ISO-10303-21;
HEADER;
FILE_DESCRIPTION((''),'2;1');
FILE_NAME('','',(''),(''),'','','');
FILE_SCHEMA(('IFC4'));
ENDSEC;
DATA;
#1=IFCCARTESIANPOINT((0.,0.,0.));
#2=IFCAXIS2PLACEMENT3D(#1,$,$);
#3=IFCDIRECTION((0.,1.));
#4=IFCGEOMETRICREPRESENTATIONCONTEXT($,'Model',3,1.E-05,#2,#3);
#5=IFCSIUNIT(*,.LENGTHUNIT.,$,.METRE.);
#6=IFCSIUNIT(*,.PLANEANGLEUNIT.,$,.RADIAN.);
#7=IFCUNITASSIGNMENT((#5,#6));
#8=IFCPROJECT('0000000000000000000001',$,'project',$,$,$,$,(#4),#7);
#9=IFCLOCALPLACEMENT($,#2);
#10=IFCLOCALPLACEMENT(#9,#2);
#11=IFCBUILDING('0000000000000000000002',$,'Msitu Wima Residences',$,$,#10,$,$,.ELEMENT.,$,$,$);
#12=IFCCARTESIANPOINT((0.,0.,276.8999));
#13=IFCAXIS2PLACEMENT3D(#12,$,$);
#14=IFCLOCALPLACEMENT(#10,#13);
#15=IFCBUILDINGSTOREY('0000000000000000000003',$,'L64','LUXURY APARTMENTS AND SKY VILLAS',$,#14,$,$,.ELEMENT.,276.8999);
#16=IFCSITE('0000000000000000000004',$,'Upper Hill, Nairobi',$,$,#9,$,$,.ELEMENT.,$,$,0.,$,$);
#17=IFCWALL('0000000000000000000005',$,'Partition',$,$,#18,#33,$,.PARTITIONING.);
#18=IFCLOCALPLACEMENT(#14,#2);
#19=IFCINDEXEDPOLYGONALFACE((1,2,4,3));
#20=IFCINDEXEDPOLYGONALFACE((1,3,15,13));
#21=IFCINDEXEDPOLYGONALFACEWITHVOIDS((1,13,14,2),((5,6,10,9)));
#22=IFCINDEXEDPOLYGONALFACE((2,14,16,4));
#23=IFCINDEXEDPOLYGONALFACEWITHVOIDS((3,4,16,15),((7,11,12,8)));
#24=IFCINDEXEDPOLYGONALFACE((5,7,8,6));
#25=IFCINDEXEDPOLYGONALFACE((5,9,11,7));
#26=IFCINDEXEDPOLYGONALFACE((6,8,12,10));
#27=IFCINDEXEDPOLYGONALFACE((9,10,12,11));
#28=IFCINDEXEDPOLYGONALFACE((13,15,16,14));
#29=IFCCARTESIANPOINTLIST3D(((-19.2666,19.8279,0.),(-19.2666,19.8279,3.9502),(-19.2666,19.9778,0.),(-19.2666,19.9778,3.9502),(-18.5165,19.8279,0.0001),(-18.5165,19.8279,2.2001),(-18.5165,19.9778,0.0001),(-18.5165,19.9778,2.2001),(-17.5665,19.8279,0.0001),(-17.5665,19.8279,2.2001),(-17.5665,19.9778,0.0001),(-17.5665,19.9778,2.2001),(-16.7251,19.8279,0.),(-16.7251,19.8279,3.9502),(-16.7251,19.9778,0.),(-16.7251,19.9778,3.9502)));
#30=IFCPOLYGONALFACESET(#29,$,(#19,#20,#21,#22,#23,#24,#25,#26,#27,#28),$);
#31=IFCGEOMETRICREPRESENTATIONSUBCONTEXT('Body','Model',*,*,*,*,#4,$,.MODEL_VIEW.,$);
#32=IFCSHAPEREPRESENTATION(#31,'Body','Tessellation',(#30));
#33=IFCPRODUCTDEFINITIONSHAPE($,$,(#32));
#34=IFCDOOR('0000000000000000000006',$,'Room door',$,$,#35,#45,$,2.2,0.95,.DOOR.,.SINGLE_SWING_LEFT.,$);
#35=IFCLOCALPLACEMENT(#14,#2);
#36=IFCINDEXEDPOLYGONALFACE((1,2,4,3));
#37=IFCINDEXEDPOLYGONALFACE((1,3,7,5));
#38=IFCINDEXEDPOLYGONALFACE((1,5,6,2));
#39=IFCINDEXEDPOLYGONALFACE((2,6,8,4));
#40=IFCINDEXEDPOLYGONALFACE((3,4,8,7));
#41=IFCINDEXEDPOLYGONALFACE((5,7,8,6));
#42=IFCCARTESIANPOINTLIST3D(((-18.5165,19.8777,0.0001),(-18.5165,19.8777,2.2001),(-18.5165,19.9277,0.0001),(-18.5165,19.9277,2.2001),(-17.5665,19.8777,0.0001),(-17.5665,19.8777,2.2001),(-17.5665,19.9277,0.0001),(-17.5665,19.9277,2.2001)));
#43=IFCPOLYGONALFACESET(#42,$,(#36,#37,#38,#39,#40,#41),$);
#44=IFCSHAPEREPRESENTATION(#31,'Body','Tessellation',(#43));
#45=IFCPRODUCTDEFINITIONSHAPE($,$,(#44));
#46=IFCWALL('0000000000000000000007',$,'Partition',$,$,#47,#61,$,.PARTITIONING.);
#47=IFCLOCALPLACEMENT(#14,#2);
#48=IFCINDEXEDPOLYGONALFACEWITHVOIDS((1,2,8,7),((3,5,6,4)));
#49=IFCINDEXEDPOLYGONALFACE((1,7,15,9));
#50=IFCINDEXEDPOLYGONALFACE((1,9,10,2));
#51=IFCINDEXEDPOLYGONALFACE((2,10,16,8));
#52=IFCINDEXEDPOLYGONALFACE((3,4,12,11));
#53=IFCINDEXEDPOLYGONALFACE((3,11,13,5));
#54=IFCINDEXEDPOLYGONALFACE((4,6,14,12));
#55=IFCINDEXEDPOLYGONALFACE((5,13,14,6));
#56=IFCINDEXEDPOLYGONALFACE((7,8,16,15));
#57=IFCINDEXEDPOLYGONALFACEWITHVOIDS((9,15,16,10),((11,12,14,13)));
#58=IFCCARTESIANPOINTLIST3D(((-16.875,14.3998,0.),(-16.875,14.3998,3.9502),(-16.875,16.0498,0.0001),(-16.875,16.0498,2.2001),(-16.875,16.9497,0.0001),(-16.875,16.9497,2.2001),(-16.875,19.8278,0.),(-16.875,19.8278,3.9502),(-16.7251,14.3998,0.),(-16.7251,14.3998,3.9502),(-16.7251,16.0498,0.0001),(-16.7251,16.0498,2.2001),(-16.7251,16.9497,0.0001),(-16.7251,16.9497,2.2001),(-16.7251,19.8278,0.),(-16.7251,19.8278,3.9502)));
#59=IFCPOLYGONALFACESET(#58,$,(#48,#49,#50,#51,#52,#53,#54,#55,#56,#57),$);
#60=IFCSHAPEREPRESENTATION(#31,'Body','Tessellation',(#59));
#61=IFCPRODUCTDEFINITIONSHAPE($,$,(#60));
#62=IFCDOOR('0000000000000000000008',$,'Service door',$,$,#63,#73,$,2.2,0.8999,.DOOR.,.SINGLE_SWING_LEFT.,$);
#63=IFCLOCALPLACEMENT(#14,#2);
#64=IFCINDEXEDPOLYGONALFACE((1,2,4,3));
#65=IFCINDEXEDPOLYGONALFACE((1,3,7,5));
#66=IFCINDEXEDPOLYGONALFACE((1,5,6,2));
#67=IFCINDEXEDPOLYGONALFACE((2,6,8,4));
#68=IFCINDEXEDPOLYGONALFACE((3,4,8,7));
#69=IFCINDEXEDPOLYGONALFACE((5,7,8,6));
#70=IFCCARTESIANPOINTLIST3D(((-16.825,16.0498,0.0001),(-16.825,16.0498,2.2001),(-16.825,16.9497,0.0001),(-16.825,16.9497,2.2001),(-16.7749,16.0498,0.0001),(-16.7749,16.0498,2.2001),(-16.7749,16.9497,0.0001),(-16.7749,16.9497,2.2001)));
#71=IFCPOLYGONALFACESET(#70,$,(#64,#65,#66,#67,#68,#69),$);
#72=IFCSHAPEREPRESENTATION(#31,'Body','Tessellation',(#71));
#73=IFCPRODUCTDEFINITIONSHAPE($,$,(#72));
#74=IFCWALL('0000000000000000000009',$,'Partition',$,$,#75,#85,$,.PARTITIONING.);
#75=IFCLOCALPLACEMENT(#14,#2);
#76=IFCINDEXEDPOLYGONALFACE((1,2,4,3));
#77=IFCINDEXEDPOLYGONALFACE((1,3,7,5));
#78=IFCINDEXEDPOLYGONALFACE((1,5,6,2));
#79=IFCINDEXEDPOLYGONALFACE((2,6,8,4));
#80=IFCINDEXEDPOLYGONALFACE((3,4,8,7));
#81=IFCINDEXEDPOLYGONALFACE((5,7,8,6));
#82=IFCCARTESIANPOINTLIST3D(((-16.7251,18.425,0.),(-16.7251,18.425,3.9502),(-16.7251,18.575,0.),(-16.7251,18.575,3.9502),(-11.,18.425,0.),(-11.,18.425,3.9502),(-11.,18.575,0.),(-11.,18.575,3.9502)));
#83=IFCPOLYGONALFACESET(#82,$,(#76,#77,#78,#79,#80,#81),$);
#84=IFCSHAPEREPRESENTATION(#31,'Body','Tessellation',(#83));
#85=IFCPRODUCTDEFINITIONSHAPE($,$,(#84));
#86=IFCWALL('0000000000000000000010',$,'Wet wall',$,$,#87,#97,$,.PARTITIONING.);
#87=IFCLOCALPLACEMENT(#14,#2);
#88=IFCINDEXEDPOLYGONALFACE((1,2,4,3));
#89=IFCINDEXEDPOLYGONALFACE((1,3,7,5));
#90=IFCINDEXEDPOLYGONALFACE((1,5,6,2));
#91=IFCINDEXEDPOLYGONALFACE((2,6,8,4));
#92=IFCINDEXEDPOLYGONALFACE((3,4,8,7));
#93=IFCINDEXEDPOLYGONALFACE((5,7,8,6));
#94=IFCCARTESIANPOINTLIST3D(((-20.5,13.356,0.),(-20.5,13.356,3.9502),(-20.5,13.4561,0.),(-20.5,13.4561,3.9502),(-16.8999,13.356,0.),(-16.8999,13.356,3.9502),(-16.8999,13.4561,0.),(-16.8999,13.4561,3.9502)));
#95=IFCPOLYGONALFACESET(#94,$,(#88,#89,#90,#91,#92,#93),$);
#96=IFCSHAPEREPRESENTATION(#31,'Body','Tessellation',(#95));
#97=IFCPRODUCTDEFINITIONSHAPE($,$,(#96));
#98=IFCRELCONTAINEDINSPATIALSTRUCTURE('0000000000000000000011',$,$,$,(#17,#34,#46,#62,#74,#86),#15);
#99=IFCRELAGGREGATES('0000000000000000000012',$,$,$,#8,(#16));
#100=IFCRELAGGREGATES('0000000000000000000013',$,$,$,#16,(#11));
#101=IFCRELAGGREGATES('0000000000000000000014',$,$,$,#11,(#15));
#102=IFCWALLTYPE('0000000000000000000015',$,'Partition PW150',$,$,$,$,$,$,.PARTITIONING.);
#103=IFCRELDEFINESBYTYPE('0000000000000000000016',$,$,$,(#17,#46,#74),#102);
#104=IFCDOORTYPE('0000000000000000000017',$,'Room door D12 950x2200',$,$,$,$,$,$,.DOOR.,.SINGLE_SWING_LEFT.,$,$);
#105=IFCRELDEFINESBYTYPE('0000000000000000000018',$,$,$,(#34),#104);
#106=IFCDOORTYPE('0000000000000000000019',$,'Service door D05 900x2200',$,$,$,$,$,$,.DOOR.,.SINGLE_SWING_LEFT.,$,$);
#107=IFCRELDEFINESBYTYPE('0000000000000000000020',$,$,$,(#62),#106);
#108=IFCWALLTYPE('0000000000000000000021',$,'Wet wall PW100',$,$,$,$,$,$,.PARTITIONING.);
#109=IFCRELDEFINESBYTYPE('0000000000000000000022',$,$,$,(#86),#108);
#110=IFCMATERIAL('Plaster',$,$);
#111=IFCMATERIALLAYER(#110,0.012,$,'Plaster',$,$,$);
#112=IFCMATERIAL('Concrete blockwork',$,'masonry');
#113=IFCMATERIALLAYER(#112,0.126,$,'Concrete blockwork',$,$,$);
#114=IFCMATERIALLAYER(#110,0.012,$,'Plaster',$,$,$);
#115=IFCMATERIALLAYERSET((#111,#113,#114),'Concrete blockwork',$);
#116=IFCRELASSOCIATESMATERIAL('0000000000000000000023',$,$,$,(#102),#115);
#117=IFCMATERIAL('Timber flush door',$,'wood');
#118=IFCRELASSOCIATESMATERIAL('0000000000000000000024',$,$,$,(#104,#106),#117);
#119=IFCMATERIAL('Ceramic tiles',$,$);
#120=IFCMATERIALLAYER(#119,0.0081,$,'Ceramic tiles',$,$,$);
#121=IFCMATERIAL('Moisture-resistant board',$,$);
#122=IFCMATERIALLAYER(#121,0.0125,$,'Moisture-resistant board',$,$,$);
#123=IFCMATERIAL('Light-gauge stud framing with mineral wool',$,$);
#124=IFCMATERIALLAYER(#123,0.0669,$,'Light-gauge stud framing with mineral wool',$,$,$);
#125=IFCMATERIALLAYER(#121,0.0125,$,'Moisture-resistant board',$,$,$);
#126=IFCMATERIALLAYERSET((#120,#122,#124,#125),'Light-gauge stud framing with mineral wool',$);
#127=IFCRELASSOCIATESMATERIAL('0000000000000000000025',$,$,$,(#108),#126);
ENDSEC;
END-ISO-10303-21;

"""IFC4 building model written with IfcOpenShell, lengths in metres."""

from ifc_helpers import new_model, si_unit, direction, frame, frame_2d, origin, place, context, subcontext, project, spatial, rectangle, extrude, material, layer, layer_set, type_object, element, fill, save


model = new_model("IFC4")

# Units and contexts
model_context = context("Model", 3, precision=1e-05, world=origin(), true_north=direction((0.0, 1.0)))
body_context = subcontext(model_context, "Body", "Model", "MODEL_VIEW")
ifc_project = project(units=[si_unit("LENGTHUNIT", "METRE"), si_unit("PLANEANGLEUNIT", "RADIAN")], contexts=[model_context])

# Site, building, storey
site_placement = place(None, origin())
site = spatial("IfcSite", under=ifc_project, at=site_placement, Name="Upper Hill, Nairobi", CompositionType="ELEMENT", RefElevation=0.0)
building_placement = place(site_placement, origin())
building = spatial("IfcBuilding", under=site, at=building_placement, Name="Msitu Wima Residences", CompositionType="ELEMENT")
storey_placement = place(building_placement, frame((0.0, 0.0, 276.8999)))
storey = spatial("IfcBuildingStorey", under=building, at=storey_placement, Name="L64", Description="LUXURY APARTMENTS AND SKY VILLAS", CompositionType="ELEMENT", Elevation=276.8999)

# Shared definitions
ifc_material_1 = material(Name="Plaster")
ifc_material_2 = material(Name="Concrete blockwork", Category="masonry")
ifc_layer_1 = layer(ifc_material_1, 0.012, Name="Plaster")
ifc_layer_2 = layer(ifc_material_2, 0.126, Name="Concrete blockwork")
ifc_layer_3 = layer(ifc_material_1, 0.012, Name="Plaster")
ifc_layer_set_1 = layer_set([ifc_layer_1, ifc_layer_2, ifc_layer_3], Name="Concrete blockwork")
wall_type_1 = type_object("IfcWallType", Name="Partition PW150", PredefinedType="PARTITIONING", material=ifc_layer_set_1)

# Walls, openings, doors
wall_1_placement = place(storey_placement, frame((-19.2666, 19.9028, 0.0), z_axis=(0.0, 0.0, 1.0), x_axis=(1.0, 0.0, 0.0)))
wall_1 = element("IfcWall", 1, at=wall_1_placement, inside=storey, type_object=wall_type_1, Name="Partition", PredefinedType="PARTITIONING", context=body_context, shape_type="SweptSolid", body=[
    extrude(rectangle(XDim=2.5415, YDim=0.1499, at=frame_2d((1.2708, 0.0))), origin(), (0.0, 0.0, 1.0), 3.9502),
])
opening_1_placement = place(wall_1_placement, frame((0.75, 0.0, 0.0)))
opening_1 = element("IfcOpeningElement", 2, at=opening_1_placement, cuts=wall_1, PredefinedType="OPENING", context=body_context, shape_type="SweptSolid", body=[
    extrude(rectangle(XDim=0.95, YDim=2.2, at=frame_2d((0.4751, 1.1001))), frame((0.0, 0.085, 0.0), z_axis=(0.0, -1.0, 0.0), x_axis=(1.0, 0.0, 0.0)), (0.0, 0.0, 1.0), 0.1699),
])
ifc_material_3 = material(Name="Timber flush door", Category="wood")
door_type_1 = type_object("IfcDoorType", Name="Room door D12 950x2200", OperationType="SINGLE_SWING_LEFT", PredefinedType="DOOR", material=ifc_material_3)
door_1_placement = place(opening_1_placement, origin())
door_1 = element("IfcDoor", 3, at=door_1_placement, inside=storey, type_object=door_type_1, Name="Room door", OperationType="SINGLE_SWING_LEFT", OverallHeight=2.2, OverallWidth=0.95, PredefinedType="DOOR", context=body_context, shape_type="SweptSolid", body=[
    extrude(rectangle(XDim=0.95, YDim=2.2, at=frame_2d((0.4751, 1.1001))), frame((0.0, 0.0249, 0.0), z_axis=(0.0, -1.0, 0.0), x_axis=(1.0, 0.0, 0.0)), (0.0, 0.0, 1.0), 0.05),
])
fill(opening_1, door_1)
wall_2_placement = place(storey_placement, frame((-16.8, 14.3999, 0.0), z_axis=(0.0, 0.0, 1.0), x_axis=(0.0, 1.0, 0.0)))
wall_2 = element("IfcWall", 4, at=wall_2_placement, inside=storey, type_object=wall_type_1, Name="Partition", PredefinedType="PARTITIONING", context=body_context, shape_type="SweptSolid", body=[
    extrude(rectangle(XDim=5.428, YDim=0.1499, at=frame_2d((2.7139, 0.0))), origin(), (0.0, 0.0, 1.0), 3.9502),
])
opening_2_placement = place(wall_2_placement, frame((1.6499, 0.0, 0.0)))
opening_2 = element("IfcOpeningElement", 5, at=opening_2_placement, cuts=wall_2, PredefinedType="OPENING", context=body_context, shape_type="SweptSolid", body=[
    extrude(rectangle(XDim=0.8999, YDim=2.2, at=frame_2d((0.45, 1.1001))), frame((0.0, 0.085, 0.0), z_axis=(0.0, -1.0, 0.0), x_axis=(1.0, 0.0, 0.0)), (0.0, 0.0, 1.0), 0.1699),
])
door_type_2 = type_object("IfcDoorType", Name="Service door D05 900x2200", OperationType="SINGLE_SWING_LEFT", PredefinedType="DOOR", material=ifc_material_3)
door_2_placement = place(opening_2_placement, origin())
door_2 = element("IfcDoor", 6, at=door_2_placement, inside=storey, type_object=door_type_2, Name="Service door", OperationType="SINGLE_SWING_LEFT", OverallHeight=2.2, OverallWidth=0.8999, PredefinedType="DOOR", context=body_context, shape_type="SweptSolid", body=[
    extrude(rectangle(XDim=0.8999, YDim=2.2, at=frame_2d((0.45, 1.1001))), frame((0.0, 0.0249, 0.0), z_axis=(0.0, -1.0, 0.0), x_axis=(1.0, 0.0, 0.0)), (0.0, 0.0, 1.0), 0.05),
])
fill(opening_2, door_2)

# Walls
wall_3_placement = place(storey_placement, frame((-16.7251, 18.5, 0.0), z_axis=(0.0, 0.0, 1.0), x_axis=(1.0, 0.0, 0.0)))
element("IfcWall", 7, at=wall_3_placement, inside=storey, type_object=wall_type_1, Name="Partition", PredefinedType="PARTITIONING", context=body_context, shape_type="SweptSolid", body=[
    extrude(rectangle(XDim=5.7251, YDim=0.1499, at=frame_2d((2.8625, 0.0))), origin(), (0.0, 0.0, 1.0), 3.9502),
])
ifc_material_4 = material(Name="Ceramic tiles")
ifc_layer_4 = layer(ifc_material_4, 0.0081, Name="Ceramic tiles")
ifc_material_5 = material(Name="Moisture-resistant board")
ifc_layer_5 = layer(ifc_material_5, 0.0125, Name="Moisture-resistant board")
ifc_material_6 = material(Name="Light-gauge stud framing with mineral wool")
ifc_layer_6 = layer(ifc_material_6, 0.0669, Name="Light-gauge stud framing with mineral wool")
ifc_layer_7 = layer(ifc_material_5, 0.0125, Name="Moisture-resistant board")
ifc_layer_set_2 = layer_set([ifc_layer_4, ifc_layer_5, ifc_layer_6, ifc_layer_7], Name="Light-gauge stud framing with mineral wool")
wall_type_2 = type_object("IfcWallType", Name="Wet wall PW100", PredefinedType="PARTITIONING", material=ifc_layer_set_2)
wall_4_placement = place(storey_placement, frame((-20.5, 13.406, 0.0), z_axis=(0.0, 0.0, 1.0), x_axis=(1.0, 0.0, 0.0)))
element("IfcWall", 8, at=wall_4_placement, inside=storey, type_object=wall_type_2, Name="Wet wall", PredefinedType="PARTITIONING", context=body_context, shape_type="SweptSolid", body=[
    extrude(rectangle(XDim=3.6001, YDim=0.1001, at=frame_2d((1.8, 0.0))), origin(), (0.0, 0.0, 1.0), 3.9502),
])

save(model, "model.ifc")
